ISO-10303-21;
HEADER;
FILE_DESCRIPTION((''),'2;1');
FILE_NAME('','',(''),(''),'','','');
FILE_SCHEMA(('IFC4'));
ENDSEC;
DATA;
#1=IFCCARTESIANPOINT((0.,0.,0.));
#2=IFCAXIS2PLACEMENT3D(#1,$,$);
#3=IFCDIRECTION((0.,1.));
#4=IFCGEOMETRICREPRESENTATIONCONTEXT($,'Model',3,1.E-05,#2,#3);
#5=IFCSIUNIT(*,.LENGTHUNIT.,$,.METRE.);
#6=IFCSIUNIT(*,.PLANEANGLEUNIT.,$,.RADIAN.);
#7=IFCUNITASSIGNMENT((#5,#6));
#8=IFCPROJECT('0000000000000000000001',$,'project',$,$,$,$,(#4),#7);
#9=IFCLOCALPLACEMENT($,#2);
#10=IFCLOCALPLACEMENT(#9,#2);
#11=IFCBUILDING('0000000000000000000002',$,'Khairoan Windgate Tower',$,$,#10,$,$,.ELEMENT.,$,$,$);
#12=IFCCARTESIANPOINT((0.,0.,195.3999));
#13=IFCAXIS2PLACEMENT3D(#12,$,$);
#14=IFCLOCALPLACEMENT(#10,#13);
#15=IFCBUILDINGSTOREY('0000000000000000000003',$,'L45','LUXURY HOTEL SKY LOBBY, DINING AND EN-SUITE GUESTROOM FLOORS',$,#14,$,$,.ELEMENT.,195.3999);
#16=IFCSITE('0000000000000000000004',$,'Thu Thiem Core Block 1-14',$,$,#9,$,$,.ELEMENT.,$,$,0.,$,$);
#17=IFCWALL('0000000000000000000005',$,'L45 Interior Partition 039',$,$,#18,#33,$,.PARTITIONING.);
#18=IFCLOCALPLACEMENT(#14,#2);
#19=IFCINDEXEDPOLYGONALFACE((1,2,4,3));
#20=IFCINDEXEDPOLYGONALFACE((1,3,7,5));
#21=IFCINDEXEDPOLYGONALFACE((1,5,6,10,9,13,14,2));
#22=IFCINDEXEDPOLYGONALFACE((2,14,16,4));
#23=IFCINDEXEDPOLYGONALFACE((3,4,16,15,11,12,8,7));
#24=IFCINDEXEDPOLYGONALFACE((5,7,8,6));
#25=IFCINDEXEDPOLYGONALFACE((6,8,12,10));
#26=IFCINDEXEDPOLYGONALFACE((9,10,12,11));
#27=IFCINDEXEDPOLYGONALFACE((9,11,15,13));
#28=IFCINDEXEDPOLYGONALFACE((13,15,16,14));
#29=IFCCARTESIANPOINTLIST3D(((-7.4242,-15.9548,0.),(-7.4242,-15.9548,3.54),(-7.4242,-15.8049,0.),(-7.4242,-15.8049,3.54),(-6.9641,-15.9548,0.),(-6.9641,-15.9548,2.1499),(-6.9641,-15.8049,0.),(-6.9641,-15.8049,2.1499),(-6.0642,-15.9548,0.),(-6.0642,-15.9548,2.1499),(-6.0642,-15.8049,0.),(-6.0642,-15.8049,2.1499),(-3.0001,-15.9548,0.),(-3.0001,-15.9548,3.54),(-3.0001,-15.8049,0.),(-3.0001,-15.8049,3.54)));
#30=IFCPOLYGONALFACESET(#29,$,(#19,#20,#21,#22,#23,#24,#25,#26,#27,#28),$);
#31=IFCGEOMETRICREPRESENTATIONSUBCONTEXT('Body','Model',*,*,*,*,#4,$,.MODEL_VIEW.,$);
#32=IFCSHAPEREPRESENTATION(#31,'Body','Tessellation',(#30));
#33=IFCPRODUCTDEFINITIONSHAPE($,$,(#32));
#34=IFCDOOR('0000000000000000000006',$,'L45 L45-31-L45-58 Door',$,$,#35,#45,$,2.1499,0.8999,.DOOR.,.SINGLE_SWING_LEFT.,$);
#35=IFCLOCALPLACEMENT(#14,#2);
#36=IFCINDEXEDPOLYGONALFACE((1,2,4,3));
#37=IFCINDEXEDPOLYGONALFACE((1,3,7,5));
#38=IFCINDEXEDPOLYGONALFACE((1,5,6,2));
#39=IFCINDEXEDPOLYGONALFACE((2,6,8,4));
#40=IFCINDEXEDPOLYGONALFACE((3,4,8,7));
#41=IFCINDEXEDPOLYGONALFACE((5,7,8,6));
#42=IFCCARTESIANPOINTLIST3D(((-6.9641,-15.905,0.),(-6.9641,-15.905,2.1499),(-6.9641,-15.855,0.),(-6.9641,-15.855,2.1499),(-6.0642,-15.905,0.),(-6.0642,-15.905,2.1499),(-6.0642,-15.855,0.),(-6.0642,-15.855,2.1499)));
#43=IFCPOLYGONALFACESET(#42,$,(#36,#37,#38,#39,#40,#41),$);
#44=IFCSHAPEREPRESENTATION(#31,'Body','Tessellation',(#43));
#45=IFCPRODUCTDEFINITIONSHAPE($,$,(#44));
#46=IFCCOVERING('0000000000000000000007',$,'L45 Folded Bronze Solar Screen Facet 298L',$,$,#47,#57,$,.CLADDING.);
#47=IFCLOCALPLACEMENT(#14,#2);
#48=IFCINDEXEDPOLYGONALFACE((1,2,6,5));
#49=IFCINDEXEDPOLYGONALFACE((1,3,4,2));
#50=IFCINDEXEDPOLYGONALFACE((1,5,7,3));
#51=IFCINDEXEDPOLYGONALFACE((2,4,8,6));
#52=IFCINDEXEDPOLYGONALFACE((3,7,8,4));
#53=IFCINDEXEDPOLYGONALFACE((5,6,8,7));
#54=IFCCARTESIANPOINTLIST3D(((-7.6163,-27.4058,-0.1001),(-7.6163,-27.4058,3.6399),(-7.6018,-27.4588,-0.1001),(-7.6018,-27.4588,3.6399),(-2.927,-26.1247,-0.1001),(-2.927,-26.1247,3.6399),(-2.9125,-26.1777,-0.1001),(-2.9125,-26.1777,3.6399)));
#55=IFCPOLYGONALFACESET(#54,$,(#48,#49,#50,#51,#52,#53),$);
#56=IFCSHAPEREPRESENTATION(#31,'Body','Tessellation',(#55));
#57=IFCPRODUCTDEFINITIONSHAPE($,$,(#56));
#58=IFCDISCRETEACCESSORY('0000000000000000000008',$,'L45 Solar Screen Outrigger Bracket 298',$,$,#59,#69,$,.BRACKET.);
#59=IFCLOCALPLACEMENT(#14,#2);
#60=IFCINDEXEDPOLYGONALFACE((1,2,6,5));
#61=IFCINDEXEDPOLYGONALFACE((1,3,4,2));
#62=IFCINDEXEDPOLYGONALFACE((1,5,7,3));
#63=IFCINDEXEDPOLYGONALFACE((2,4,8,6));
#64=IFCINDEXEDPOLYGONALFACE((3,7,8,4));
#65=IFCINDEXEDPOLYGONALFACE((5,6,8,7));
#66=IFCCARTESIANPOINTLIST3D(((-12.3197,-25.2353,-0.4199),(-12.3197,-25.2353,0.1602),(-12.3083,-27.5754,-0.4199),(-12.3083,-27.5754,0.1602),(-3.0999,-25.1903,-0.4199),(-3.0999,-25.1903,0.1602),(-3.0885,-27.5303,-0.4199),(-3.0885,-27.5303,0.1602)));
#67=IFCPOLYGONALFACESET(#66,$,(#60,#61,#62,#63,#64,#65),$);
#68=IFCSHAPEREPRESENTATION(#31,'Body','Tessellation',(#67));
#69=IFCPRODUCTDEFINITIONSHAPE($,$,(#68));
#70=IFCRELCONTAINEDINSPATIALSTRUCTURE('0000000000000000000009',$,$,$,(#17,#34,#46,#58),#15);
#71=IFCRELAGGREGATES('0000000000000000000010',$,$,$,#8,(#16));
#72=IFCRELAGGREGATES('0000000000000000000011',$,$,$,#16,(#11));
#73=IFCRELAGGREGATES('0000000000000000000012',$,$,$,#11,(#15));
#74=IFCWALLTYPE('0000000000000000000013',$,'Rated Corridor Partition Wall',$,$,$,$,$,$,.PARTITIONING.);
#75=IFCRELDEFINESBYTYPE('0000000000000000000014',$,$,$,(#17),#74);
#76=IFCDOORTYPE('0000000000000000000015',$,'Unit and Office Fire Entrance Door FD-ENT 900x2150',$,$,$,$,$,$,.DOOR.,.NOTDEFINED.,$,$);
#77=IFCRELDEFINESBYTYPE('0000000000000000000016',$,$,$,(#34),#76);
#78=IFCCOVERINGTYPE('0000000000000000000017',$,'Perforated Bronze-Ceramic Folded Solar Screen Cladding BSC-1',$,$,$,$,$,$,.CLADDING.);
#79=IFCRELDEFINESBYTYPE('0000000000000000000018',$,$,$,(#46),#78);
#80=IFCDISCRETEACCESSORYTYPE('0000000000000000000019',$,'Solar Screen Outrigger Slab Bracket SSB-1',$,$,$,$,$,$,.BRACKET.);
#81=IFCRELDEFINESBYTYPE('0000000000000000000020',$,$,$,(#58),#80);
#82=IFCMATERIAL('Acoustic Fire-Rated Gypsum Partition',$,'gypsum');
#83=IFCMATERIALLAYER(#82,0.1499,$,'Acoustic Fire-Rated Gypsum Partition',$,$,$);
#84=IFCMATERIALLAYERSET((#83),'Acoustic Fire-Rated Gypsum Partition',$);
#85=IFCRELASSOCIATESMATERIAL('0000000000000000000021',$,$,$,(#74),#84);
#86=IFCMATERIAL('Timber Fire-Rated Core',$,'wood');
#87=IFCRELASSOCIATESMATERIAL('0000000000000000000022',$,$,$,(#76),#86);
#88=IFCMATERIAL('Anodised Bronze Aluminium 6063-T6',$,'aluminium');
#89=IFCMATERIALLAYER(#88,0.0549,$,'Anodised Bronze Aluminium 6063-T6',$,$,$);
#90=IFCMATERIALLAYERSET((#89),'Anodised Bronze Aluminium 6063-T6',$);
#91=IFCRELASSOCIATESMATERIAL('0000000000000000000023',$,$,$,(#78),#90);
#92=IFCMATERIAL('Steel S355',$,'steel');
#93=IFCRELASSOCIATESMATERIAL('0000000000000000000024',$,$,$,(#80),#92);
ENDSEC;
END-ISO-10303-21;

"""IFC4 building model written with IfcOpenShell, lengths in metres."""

from ifc_helpers import new_model, si_unit, direction, frame, frame_2d, origin, origin_2d, place, context, subcontext, project, spatial, rectangle, extrude, material, layer, layer_set, type_object, element, fill, save


model = new_model("IFC4")

# Units and contexts
model_context = context("Model", 3, precision=1e-05, world=origin(), true_north=direction((0.0, 1.0)))
body_context = subcontext(model_context, "Body", "Model", "MODEL_VIEW")
ifc_project = project(units=[si_unit("LENGTHUNIT", "METRE"), si_unit("PLANEANGLEUNIT", "RADIAN")], contexts=[model_context])

# Site, building, storey
site_placement = place(None, origin())
site = spatial("IfcSite", under=ifc_project, at=site_placement, Name="Thu Thiem Core Block 1-14", CompositionType="ELEMENT", RefElevation=0.0)
building_placement = place(site_placement, origin())
building = spatial("IfcBuilding", under=site, at=building_placement, Name="Khairoan Windgate Tower", CompositionType="ELEMENT")
storey_placement = place(building_placement, frame((0.0, 0.0, 195.3999)))
storey = spatial("IfcBuildingStorey", under=building, at=storey_placement, Name="L45", Description="LUXURY HOTEL SKY LOBBY, DINING AND EN-SUITE GUESTROOM FLOORS", CompositionType="ELEMENT", Elevation=195.3999)

# Shared definitions
ifc_material_1 = material(Name="Acoustic Fire-Rated Gypsum Partition", Category="gypsum")
ifc_layer_1 = layer(ifc_material_1, 0.1499, Name="Acoustic Fire-Rated Gypsum Partition")
ifc_layer_set_1 = layer_set([ifc_layer_1], Name="Acoustic Fire-Rated Gypsum Partition")
wall_type_1 = type_object("IfcWallType", Name="Rated Corridor Partition Wall", PredefinedType="PARTITIONING", material=ifc_layer_set_1)
ifc_material_2 = material(Name="Timber Fire-Rated Core", Category="wood")
door_type_1 = type_object("IfcDoorType", Name="Unit and Office Fire Entrance Door FD-ENT 900x2150", OperationType="NOTDEFINED", PredefinedType="DOOR", material=ifc_material_2)

# Wall, opening, door
wall_1_placement = place(storey_placement, frame((-7.4241, -15.8799, 0.0), z_axis=(0.0, 0.0, 1.0), x_axis=(1.0, 0.0, 0.0)))
wall_1 = element("IfcWall", 1, at=wall_1_placement, inside=storey, type_object=wall_type_1, Name="L45 Interior Partition 039", PredefinedType="PARTITIONING", context=body_context, shape_type="SweptSolid", body=[
    extrude(rectangle(XDim=4.4241, YDim=0.1499, at=frame_2d((2.2119, 0.0))), origin(), (0.0, 0.0, 1.0), 3.54),
])
opening_1_placement = place(wall_1_placement, frame((0.46, 0.0, 0.0)))
opening_1 = element("IfcOpeningElement", 2, at=opening_1_placement, cuts=wall_1, PredefinedType="OPENING", context=body_context, shape_type="SweptSolid", body=[
    extrude(rectangle(XDim=0.8999, YDim=2.1499, at=frame_2d((0.45, 1.075))), frame((0.0, 0.085, 0.0), z_axis=(0.0, -1.0, 0.0), x_axis=(1.0, 0.0, 0.0)), (0.0, 0.0, 1.0), 0.1699),
])
door_1_placement = place(opening_1_placement, origin())
door_1 = element("IfcDoor", 3, at=door_1_placement, inside=storey, type_object=door_type_1, Name="L45 L45-31-L45-58 Door", OperationType="SINGLE_SWING_LEFT", OverallHeight=2.1499, OverallWidth=0.8999, PredefinedType="DOOR", context=body_context, shape_type="SweptSolid", body=[
    extrude(rectangle(XDim=0.8999, YDim=2.1499, at=frame_2d((0.45, 1.075))), frame((0.0, 0.0249, 0.0), z_axis=(0.0, -1.0, 0.0), x_axis=(1.0, 0.0, 0.0)), (0.0, 0.0, 1.0), 0.05),
])
fill(opening_1, door_1)

# Covering
ifc_material_3 = material(Name="Anodised Bronze Aluminium 6063-T6", Category="aluminium")
ifc_layer_2 = layer(ifc_material_3, 0.0549, Name="Anodised Bronze Aluminium 6063-T6")
ifc_layer_set_2 = layer_set([ifc_layer_2], Name="Anodised Bronze Aluminium 6063-T6")
covering_type = type_object("IfcCoveringType", Name="Perforated Bronze-Ceramic Folded Solar Screen Cladding BSC-1", PredefinedType="CLADDING", material=ifc_layer_set_2)
covering_placement = place(storey_placement, frame((-5.2644, -26.7917, -0.1001), z_axis=(0.0, 0.0, 1.0), x_axis=(-0.964649, -0.263536, 0.0)))
element("IfcCovering", 4, at=covering_placement, inside=storey, type_object=covering_type, Name="L45 Folded Bronze Solar Screen Facet 298L", PredefinedType="CLADDING", context=body_context, shape_type="SweptSolid", body=[
    extrude(rectangle(XDim=4.8611, YDim=0.0549, at=origin_2d()), origin(), (0.0, 0.0, 1.0), 3.74),
])

# Discrete accessory
ifc_material_4 = material(Name="Steel S355", Category="steel")
discrete_accessory_type = type_object("IfcDiscreteAccessoryType", Name="Solar Screen Outrigger Slab Bracket SSB-1", PredefinedType="BRACKET", material=ifc_material_4)
discrete_accessory_placement = place(storey_placement, frame((-7.7041, -26.3828, -0.4199), z_axis=(0.0, 0.0, 1.0), x_axis=(-0.999988, -0.004887, 0.0)))
element("IfcDiscreteAccessory", 5, at=discrete_accessory_placement, inside=storey, type_object=discrete_accessory_type, Name="L45 Solar Screen Outrigger Bracket 298", PredefinedType="BRACKET", context=body_context, shape_type="SweptSolid", body=[
    extrude(rectangle(XDim=9.22, YDim=2.3401, at=origin_2d()), origin(), (0.0, 0.0, 1.0), 0.5801),
])

save(model, "model.ifc")
